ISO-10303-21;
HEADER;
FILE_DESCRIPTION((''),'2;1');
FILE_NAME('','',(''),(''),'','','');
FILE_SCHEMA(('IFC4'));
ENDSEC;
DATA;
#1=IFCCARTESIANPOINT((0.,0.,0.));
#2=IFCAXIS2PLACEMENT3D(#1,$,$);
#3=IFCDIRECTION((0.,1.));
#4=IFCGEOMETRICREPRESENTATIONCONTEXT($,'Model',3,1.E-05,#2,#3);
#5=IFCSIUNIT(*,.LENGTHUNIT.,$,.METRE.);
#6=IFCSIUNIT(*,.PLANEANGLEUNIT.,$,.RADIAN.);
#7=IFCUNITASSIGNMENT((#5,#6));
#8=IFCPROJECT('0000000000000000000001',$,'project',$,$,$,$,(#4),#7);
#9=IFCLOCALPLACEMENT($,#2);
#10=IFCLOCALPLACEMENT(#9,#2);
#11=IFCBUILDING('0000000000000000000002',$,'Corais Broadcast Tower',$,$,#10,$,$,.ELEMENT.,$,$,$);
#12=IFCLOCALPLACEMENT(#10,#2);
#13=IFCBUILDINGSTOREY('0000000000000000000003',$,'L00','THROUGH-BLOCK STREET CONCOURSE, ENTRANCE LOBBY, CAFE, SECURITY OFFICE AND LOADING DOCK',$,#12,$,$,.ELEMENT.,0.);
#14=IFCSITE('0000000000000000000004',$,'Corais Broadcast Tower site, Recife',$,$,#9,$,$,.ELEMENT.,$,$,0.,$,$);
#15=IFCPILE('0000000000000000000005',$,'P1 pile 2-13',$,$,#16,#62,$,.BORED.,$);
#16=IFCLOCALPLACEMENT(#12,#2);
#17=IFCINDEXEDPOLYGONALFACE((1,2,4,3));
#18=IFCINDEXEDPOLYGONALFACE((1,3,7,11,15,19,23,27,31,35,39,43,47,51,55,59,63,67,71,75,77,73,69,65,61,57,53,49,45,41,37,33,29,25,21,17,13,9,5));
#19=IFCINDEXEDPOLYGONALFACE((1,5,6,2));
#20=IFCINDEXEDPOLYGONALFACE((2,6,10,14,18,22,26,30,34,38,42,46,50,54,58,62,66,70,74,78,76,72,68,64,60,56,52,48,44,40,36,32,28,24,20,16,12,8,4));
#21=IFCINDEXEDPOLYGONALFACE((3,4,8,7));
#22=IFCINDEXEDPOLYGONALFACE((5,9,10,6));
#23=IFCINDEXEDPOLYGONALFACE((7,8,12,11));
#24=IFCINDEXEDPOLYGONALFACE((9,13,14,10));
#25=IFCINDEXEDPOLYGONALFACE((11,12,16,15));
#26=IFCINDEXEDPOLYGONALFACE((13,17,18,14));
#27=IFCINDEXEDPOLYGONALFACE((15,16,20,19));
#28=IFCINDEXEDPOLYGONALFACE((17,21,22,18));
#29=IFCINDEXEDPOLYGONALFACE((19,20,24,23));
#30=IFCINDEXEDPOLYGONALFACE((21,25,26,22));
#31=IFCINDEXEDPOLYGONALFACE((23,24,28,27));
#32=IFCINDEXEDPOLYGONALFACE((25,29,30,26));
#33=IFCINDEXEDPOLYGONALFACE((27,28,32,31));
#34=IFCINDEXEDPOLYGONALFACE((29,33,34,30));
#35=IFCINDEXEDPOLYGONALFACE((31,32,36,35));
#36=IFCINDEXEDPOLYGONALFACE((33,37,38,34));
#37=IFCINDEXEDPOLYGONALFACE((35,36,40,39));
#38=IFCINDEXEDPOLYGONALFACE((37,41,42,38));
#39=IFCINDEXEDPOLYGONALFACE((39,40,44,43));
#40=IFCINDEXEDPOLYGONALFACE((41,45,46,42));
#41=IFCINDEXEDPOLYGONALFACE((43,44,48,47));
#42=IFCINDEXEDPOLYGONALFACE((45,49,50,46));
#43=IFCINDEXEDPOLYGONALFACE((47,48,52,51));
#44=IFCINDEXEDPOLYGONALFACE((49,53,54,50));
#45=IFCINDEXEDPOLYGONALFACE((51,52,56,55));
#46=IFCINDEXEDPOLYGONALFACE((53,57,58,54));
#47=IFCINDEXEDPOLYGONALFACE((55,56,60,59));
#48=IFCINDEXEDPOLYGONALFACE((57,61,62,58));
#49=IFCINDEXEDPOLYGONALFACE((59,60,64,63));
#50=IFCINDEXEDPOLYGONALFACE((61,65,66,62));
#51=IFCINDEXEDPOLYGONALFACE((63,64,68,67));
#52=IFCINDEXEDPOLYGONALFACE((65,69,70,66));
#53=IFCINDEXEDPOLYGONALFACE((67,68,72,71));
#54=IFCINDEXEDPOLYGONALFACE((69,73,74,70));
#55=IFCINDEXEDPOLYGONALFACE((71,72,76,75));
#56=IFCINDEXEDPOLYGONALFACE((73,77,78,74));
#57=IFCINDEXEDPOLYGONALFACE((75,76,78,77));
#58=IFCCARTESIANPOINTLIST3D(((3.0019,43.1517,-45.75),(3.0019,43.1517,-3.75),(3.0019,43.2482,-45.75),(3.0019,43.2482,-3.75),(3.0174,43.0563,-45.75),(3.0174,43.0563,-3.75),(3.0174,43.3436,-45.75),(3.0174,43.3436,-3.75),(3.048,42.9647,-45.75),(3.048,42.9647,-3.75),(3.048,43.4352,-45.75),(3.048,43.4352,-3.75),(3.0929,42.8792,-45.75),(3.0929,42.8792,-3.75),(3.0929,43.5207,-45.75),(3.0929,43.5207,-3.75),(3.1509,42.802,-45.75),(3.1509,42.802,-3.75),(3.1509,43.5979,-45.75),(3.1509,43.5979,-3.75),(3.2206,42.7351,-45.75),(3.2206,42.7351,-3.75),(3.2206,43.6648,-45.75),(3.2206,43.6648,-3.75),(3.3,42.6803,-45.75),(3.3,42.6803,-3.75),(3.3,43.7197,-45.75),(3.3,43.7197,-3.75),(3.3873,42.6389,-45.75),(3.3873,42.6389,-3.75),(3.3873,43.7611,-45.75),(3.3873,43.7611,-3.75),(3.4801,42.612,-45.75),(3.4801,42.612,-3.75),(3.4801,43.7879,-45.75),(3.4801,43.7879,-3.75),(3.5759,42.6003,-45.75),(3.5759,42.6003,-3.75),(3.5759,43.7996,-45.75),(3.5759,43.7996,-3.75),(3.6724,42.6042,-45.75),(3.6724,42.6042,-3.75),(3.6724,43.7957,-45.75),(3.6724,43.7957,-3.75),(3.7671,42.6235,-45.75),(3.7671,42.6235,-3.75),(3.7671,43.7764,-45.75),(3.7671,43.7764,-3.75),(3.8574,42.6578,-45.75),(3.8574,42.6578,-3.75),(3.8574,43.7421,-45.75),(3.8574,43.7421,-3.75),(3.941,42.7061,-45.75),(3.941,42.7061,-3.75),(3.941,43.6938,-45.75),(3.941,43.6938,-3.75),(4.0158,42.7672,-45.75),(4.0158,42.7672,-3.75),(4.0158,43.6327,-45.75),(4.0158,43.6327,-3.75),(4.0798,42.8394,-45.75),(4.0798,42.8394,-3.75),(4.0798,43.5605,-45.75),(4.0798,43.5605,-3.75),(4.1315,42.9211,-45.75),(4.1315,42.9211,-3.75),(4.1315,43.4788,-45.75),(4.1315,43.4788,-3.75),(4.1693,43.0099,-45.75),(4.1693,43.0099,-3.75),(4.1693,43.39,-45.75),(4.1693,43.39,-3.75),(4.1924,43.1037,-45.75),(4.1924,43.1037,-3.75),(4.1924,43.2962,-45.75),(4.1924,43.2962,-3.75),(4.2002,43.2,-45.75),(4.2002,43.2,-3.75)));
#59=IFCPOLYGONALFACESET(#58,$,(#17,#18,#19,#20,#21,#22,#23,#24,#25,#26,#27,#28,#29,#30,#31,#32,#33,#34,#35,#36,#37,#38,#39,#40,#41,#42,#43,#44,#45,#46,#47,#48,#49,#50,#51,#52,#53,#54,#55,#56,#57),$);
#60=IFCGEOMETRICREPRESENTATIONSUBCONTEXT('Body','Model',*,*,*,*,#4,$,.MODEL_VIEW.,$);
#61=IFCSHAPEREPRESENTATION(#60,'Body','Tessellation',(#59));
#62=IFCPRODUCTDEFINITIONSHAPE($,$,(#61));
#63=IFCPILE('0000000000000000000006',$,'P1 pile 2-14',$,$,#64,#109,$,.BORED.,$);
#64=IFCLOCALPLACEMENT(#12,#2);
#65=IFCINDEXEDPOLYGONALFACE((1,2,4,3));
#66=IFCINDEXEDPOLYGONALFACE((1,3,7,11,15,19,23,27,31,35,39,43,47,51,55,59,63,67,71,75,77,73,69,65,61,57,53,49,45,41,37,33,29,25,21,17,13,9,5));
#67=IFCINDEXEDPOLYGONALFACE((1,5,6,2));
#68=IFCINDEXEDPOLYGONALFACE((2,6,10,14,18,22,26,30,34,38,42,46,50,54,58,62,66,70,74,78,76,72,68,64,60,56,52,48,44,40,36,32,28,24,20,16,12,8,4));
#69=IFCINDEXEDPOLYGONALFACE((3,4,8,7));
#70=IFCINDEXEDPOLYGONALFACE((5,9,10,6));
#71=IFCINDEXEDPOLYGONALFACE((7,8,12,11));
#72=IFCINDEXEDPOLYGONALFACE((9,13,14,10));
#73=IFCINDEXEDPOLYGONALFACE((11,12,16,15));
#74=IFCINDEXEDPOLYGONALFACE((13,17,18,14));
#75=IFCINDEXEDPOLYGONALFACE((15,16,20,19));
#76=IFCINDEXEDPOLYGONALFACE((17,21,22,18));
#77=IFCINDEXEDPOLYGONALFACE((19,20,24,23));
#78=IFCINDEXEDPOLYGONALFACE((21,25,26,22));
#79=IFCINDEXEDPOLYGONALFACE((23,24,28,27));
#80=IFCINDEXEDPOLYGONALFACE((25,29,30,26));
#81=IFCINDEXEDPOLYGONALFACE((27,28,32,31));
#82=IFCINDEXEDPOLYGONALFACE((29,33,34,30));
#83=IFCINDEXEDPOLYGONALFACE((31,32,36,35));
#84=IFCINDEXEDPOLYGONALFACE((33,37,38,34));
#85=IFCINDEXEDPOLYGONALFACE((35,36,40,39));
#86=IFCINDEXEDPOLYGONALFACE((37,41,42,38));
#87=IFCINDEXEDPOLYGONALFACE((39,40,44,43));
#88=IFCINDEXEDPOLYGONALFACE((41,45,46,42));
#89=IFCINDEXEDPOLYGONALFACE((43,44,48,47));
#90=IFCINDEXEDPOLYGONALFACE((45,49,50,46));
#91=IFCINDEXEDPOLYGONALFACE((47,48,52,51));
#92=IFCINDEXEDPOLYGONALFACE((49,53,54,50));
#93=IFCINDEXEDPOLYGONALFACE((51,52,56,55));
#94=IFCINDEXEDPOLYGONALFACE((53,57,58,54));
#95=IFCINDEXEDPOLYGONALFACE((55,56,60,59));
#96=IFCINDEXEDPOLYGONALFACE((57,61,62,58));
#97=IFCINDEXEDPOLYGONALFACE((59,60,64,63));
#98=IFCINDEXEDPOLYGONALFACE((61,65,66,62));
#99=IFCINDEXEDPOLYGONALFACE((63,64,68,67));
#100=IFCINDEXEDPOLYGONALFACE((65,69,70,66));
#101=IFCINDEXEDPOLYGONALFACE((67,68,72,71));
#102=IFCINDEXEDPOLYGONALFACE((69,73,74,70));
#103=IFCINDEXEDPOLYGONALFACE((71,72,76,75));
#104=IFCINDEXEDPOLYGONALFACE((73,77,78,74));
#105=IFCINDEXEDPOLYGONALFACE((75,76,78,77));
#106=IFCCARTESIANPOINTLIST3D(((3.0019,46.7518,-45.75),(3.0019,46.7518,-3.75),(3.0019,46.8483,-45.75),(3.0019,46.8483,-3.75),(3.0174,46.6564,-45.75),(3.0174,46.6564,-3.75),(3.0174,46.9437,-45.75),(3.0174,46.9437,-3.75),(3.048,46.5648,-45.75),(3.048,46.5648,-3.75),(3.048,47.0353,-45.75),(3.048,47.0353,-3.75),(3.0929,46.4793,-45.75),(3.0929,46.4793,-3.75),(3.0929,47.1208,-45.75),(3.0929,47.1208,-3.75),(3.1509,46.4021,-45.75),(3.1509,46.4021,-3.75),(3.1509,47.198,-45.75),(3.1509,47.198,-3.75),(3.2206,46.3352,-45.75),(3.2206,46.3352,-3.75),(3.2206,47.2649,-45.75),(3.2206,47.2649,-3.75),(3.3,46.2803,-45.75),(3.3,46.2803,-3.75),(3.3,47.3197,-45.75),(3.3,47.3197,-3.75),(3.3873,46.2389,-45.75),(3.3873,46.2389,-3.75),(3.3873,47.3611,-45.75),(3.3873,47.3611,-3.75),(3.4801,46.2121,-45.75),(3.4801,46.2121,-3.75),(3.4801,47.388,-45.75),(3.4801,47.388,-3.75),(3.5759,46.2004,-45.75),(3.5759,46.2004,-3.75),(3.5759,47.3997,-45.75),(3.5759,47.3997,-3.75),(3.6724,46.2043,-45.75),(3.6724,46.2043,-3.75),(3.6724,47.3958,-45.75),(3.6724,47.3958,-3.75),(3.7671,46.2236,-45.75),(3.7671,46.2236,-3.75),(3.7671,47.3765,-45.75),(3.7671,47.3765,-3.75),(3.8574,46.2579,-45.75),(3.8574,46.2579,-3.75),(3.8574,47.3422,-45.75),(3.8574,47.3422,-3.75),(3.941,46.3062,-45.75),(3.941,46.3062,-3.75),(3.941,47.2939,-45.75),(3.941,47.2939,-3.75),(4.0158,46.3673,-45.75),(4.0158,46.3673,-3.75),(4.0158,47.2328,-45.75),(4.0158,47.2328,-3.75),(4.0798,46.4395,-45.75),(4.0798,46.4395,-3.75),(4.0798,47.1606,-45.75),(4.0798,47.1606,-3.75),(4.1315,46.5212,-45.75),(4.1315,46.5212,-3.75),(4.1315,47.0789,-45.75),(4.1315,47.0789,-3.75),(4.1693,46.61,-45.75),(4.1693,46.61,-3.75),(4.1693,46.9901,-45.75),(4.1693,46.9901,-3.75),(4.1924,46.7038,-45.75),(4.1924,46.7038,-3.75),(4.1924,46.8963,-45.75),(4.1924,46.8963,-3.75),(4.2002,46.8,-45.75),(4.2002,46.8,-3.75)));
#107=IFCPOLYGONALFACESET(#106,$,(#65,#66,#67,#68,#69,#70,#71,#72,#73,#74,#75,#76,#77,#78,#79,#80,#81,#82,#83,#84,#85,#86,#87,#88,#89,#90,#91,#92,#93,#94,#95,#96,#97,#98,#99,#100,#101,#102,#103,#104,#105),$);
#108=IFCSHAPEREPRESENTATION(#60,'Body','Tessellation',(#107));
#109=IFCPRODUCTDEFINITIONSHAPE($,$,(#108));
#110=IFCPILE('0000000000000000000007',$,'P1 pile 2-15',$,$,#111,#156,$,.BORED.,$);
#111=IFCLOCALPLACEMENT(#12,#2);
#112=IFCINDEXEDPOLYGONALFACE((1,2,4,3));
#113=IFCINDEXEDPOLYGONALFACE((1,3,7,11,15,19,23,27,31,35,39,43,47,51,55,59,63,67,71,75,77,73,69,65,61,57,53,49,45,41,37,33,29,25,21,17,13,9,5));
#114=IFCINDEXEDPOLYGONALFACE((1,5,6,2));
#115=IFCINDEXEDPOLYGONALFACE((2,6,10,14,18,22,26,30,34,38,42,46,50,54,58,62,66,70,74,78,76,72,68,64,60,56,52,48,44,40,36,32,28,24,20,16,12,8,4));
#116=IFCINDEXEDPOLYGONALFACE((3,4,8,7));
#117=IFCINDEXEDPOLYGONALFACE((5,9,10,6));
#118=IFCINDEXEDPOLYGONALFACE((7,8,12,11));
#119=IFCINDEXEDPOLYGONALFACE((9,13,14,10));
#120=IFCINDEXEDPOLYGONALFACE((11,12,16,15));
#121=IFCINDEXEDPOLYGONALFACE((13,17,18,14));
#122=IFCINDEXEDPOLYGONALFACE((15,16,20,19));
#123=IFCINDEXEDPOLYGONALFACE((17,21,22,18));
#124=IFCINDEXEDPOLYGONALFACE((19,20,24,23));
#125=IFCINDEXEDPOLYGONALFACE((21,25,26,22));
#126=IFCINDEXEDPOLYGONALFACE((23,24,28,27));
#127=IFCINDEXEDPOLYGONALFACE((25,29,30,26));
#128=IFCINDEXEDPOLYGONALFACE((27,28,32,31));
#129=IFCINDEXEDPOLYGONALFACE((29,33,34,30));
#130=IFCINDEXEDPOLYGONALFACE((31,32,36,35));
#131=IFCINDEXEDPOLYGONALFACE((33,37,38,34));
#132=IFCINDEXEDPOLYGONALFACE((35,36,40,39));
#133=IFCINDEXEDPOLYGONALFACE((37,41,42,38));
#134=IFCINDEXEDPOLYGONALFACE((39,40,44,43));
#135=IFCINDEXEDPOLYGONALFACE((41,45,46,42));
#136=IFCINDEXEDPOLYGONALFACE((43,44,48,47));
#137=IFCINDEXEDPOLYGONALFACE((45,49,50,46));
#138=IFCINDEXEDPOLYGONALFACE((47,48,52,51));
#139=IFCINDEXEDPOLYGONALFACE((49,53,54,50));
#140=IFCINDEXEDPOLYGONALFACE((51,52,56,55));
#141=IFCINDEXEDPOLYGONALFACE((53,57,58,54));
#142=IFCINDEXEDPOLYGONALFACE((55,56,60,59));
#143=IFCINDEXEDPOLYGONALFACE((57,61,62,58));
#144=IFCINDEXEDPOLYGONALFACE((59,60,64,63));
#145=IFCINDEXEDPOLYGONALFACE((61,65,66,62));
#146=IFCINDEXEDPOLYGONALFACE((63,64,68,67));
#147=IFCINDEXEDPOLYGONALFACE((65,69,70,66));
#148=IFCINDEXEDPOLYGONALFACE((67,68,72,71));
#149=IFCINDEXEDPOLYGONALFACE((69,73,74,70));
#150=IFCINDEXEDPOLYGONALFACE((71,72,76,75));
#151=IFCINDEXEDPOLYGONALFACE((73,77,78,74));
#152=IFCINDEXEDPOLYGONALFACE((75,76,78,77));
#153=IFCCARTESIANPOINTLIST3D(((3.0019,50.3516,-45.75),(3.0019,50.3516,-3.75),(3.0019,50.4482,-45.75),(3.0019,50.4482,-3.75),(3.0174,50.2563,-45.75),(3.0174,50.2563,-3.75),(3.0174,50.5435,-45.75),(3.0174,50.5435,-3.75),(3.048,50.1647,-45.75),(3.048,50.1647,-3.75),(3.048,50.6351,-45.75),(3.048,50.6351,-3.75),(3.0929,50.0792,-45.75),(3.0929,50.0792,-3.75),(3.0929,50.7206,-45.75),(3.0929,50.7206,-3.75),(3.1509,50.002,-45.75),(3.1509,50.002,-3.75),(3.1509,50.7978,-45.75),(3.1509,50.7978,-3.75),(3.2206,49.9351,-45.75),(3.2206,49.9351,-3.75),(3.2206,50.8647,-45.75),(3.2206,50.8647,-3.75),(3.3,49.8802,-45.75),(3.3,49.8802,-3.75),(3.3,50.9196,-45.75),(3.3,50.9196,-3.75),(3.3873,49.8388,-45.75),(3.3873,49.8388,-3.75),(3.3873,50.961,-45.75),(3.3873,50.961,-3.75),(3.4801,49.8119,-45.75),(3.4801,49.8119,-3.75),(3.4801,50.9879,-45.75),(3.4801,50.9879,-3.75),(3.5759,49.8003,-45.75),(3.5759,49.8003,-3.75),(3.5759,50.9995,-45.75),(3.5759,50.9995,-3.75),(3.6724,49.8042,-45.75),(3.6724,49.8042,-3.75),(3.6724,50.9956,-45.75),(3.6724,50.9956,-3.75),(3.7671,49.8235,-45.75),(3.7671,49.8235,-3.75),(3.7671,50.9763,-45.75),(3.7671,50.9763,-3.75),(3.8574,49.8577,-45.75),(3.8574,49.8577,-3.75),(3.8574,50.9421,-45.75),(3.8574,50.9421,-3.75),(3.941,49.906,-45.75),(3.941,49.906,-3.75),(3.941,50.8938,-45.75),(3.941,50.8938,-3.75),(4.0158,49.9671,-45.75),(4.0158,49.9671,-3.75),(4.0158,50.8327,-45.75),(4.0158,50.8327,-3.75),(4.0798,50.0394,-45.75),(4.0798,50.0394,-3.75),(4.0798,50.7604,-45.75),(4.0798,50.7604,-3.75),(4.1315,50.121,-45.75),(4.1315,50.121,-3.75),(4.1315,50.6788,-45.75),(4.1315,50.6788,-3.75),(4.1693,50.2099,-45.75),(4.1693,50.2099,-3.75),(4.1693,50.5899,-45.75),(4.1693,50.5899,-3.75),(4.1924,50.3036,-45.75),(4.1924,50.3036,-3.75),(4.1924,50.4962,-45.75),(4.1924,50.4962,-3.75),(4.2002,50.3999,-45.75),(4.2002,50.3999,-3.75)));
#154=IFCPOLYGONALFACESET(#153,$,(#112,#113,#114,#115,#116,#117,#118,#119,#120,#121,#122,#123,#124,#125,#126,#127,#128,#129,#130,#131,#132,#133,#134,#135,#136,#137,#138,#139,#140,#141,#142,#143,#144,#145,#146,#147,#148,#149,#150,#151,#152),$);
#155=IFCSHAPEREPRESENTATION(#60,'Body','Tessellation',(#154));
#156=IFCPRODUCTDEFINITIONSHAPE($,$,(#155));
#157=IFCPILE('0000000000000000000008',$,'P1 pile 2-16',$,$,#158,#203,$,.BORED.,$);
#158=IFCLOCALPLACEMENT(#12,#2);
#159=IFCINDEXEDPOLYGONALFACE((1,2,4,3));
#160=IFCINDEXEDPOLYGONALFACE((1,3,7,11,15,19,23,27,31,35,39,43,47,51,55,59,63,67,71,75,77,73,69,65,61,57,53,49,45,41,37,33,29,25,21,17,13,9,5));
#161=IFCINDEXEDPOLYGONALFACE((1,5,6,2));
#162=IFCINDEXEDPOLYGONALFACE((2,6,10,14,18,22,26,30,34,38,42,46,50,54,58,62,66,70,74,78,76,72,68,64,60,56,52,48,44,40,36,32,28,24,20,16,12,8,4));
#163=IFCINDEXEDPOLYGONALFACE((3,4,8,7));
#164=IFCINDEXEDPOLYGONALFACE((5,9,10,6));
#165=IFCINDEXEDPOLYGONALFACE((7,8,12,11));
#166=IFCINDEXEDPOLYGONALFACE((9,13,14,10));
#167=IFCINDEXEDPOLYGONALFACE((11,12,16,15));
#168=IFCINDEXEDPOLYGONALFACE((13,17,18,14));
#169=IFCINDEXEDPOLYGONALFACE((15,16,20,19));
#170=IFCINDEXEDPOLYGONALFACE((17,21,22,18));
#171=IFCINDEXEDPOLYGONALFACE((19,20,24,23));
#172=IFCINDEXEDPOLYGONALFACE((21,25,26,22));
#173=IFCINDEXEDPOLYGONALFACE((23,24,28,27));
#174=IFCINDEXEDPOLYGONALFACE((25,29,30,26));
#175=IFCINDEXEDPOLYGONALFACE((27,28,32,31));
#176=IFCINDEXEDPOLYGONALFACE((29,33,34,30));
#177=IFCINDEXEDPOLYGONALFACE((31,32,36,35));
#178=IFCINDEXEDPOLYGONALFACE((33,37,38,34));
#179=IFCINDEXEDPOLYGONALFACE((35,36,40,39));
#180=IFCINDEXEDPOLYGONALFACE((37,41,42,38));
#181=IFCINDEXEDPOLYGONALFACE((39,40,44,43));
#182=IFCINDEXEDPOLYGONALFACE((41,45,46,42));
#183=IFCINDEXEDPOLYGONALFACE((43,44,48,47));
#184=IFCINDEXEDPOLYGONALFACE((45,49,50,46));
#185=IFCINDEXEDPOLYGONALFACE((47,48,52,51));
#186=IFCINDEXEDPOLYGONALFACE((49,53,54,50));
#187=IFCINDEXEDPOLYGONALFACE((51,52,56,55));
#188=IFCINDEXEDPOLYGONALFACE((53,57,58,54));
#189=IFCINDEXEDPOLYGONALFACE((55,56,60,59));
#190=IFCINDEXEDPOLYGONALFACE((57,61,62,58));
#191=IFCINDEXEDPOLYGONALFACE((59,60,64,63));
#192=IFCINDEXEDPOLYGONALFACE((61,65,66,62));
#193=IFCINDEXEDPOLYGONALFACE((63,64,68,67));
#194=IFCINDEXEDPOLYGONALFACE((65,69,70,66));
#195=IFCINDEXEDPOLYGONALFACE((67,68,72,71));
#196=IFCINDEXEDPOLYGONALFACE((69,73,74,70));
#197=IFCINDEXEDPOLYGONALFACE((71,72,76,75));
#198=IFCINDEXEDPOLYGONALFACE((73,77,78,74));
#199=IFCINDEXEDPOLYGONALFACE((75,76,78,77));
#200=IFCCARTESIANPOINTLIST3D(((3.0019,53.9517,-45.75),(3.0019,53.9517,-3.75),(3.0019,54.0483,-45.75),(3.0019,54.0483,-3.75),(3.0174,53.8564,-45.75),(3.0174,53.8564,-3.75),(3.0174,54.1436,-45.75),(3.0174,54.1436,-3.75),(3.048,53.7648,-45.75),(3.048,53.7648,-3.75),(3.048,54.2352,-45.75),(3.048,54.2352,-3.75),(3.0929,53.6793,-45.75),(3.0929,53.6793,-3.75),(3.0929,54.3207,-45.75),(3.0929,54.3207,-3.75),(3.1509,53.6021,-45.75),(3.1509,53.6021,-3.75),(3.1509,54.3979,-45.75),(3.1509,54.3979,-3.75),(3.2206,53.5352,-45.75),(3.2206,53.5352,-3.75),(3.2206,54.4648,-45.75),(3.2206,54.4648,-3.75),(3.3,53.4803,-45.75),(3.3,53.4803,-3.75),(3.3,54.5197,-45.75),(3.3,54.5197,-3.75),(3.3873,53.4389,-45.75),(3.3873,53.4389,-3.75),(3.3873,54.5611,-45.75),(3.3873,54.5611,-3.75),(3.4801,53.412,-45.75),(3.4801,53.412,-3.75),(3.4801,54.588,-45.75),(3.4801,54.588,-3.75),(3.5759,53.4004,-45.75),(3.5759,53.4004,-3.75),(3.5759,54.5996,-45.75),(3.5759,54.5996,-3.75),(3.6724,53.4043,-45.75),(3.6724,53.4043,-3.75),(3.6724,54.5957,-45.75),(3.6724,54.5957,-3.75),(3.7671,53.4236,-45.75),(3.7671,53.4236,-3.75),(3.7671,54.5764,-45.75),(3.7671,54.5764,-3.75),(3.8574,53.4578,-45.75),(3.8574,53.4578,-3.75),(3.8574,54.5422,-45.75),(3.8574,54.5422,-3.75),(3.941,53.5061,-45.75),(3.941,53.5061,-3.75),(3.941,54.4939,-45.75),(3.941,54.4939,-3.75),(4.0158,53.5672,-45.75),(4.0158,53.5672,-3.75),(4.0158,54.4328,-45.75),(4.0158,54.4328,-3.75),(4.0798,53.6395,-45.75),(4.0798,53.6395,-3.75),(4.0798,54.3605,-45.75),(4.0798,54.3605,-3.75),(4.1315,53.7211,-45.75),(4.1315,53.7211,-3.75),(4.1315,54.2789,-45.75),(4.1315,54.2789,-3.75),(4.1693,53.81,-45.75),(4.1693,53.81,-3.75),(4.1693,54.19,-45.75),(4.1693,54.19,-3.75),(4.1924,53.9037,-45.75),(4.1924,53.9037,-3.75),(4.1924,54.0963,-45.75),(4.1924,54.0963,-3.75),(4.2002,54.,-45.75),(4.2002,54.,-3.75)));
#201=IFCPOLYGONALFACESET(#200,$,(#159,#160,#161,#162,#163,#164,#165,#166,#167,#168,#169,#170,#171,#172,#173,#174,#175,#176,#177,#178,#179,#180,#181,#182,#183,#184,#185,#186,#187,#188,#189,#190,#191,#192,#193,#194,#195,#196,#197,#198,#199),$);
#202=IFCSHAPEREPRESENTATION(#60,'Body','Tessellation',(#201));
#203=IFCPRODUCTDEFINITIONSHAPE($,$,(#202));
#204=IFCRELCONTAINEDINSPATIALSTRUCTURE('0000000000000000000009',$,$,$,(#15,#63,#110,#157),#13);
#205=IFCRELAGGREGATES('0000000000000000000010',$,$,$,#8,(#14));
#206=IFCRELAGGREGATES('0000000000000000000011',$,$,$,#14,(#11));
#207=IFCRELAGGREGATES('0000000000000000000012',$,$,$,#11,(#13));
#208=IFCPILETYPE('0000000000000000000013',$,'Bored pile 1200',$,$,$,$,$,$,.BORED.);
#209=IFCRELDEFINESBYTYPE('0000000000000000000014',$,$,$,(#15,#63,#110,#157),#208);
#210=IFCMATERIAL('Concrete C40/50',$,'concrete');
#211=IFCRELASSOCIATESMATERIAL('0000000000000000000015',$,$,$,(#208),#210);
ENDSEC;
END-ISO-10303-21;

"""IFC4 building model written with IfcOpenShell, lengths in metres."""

from ifc_helpers import new_model, si_unit, direction, frame, origin, origin_2d, place, context, subcontext, project, spatial, circle, extrude, material, type_object, element, save


model = new_model("IFC4")

# Units and contexts
model_context = context("Model", 3, precision=1e-05, world=origin(), true_north=direction((0.0, 1.0)))
body_context = subcontext(model_context, "Body", "Model", "MODEL_VIEW")
ifc_project = project(units=[si_unit("LENGTHUNIT", "METRE"), si_unit("PLANEANGLEUNIT", "RADIAN")], contexts=[model_context])

# Site, building, storey
site_placement = place(None, origin())
site = spatial("IfcSite", under=ifc_project, at=site_placement, Name="Corais Broadcast Tower site, Recife", CompositionType="ELEMENT", RefElevation=0.0)
building_placement = place(site_placement, origin())
building = spatial("IfcBuilding", under=site, at=building_placement, Name="Corais Broadcast Tower", CompositionType="ELEMENT")
storey_placement = place(building_placement, origin())
storey = spatial("IfcBuildingStorey", under=building, at=storey_placement, Name="L00", Description="THROUGH-BLOCK STREET CONCOURSE, ENTRANCE LOBBY, CAFE, SECURITY OFFICE AND LOADING DOCK", CompositionType="ELEMENT", Elevation=0.0)

# Piles
ifc_material_1 = material(Name="Concrete C40/50", Category="concrete")
pile_type = type_object("IfcPileType", Name="Bored pile 1200", PredefinedType="BORED", material=ifc_material_1)
for number, where, z_axis, x_axis, name in (
    (1, (3.6001, 43.2, -3.75), (0.0, 0.0, -1.0), (1.0, 0.0, 0.0), "P1 pile 2-13"),
    (2, (3.6001, 46.8, -3.75), (0.0, 0.0, -1.0), (1.0, 0.0, 0.0), "P1 pile 2-14"),
    (3, (3.6001, 50.3999, -3.75), (0.0, 0.0, -1.0), (1.0, 0.0, 0.0), "P1 pile 2-15"),
    (4, (3.6001, 54.0, -3.75), (0.0, 0.0, -1.0), (1.0, 0.0, 0.0), "P1 pile 2-16"),
):
    element("IfcPile", number, at=place(storey_placement, frame(where, z_axis=z_axis, x_axis=x_axis)), inside=storey, type_object=pile_type, Name=name, PredefinedType="BORED", context=body_context, shape_type="SweptSolid", body=[
        extrude(circle(Radius=0.6001, at=origin_2d()), origin(), (0.0, 0.0, 1.0), 42.0),
    ])

save(model, "model.ifc")
